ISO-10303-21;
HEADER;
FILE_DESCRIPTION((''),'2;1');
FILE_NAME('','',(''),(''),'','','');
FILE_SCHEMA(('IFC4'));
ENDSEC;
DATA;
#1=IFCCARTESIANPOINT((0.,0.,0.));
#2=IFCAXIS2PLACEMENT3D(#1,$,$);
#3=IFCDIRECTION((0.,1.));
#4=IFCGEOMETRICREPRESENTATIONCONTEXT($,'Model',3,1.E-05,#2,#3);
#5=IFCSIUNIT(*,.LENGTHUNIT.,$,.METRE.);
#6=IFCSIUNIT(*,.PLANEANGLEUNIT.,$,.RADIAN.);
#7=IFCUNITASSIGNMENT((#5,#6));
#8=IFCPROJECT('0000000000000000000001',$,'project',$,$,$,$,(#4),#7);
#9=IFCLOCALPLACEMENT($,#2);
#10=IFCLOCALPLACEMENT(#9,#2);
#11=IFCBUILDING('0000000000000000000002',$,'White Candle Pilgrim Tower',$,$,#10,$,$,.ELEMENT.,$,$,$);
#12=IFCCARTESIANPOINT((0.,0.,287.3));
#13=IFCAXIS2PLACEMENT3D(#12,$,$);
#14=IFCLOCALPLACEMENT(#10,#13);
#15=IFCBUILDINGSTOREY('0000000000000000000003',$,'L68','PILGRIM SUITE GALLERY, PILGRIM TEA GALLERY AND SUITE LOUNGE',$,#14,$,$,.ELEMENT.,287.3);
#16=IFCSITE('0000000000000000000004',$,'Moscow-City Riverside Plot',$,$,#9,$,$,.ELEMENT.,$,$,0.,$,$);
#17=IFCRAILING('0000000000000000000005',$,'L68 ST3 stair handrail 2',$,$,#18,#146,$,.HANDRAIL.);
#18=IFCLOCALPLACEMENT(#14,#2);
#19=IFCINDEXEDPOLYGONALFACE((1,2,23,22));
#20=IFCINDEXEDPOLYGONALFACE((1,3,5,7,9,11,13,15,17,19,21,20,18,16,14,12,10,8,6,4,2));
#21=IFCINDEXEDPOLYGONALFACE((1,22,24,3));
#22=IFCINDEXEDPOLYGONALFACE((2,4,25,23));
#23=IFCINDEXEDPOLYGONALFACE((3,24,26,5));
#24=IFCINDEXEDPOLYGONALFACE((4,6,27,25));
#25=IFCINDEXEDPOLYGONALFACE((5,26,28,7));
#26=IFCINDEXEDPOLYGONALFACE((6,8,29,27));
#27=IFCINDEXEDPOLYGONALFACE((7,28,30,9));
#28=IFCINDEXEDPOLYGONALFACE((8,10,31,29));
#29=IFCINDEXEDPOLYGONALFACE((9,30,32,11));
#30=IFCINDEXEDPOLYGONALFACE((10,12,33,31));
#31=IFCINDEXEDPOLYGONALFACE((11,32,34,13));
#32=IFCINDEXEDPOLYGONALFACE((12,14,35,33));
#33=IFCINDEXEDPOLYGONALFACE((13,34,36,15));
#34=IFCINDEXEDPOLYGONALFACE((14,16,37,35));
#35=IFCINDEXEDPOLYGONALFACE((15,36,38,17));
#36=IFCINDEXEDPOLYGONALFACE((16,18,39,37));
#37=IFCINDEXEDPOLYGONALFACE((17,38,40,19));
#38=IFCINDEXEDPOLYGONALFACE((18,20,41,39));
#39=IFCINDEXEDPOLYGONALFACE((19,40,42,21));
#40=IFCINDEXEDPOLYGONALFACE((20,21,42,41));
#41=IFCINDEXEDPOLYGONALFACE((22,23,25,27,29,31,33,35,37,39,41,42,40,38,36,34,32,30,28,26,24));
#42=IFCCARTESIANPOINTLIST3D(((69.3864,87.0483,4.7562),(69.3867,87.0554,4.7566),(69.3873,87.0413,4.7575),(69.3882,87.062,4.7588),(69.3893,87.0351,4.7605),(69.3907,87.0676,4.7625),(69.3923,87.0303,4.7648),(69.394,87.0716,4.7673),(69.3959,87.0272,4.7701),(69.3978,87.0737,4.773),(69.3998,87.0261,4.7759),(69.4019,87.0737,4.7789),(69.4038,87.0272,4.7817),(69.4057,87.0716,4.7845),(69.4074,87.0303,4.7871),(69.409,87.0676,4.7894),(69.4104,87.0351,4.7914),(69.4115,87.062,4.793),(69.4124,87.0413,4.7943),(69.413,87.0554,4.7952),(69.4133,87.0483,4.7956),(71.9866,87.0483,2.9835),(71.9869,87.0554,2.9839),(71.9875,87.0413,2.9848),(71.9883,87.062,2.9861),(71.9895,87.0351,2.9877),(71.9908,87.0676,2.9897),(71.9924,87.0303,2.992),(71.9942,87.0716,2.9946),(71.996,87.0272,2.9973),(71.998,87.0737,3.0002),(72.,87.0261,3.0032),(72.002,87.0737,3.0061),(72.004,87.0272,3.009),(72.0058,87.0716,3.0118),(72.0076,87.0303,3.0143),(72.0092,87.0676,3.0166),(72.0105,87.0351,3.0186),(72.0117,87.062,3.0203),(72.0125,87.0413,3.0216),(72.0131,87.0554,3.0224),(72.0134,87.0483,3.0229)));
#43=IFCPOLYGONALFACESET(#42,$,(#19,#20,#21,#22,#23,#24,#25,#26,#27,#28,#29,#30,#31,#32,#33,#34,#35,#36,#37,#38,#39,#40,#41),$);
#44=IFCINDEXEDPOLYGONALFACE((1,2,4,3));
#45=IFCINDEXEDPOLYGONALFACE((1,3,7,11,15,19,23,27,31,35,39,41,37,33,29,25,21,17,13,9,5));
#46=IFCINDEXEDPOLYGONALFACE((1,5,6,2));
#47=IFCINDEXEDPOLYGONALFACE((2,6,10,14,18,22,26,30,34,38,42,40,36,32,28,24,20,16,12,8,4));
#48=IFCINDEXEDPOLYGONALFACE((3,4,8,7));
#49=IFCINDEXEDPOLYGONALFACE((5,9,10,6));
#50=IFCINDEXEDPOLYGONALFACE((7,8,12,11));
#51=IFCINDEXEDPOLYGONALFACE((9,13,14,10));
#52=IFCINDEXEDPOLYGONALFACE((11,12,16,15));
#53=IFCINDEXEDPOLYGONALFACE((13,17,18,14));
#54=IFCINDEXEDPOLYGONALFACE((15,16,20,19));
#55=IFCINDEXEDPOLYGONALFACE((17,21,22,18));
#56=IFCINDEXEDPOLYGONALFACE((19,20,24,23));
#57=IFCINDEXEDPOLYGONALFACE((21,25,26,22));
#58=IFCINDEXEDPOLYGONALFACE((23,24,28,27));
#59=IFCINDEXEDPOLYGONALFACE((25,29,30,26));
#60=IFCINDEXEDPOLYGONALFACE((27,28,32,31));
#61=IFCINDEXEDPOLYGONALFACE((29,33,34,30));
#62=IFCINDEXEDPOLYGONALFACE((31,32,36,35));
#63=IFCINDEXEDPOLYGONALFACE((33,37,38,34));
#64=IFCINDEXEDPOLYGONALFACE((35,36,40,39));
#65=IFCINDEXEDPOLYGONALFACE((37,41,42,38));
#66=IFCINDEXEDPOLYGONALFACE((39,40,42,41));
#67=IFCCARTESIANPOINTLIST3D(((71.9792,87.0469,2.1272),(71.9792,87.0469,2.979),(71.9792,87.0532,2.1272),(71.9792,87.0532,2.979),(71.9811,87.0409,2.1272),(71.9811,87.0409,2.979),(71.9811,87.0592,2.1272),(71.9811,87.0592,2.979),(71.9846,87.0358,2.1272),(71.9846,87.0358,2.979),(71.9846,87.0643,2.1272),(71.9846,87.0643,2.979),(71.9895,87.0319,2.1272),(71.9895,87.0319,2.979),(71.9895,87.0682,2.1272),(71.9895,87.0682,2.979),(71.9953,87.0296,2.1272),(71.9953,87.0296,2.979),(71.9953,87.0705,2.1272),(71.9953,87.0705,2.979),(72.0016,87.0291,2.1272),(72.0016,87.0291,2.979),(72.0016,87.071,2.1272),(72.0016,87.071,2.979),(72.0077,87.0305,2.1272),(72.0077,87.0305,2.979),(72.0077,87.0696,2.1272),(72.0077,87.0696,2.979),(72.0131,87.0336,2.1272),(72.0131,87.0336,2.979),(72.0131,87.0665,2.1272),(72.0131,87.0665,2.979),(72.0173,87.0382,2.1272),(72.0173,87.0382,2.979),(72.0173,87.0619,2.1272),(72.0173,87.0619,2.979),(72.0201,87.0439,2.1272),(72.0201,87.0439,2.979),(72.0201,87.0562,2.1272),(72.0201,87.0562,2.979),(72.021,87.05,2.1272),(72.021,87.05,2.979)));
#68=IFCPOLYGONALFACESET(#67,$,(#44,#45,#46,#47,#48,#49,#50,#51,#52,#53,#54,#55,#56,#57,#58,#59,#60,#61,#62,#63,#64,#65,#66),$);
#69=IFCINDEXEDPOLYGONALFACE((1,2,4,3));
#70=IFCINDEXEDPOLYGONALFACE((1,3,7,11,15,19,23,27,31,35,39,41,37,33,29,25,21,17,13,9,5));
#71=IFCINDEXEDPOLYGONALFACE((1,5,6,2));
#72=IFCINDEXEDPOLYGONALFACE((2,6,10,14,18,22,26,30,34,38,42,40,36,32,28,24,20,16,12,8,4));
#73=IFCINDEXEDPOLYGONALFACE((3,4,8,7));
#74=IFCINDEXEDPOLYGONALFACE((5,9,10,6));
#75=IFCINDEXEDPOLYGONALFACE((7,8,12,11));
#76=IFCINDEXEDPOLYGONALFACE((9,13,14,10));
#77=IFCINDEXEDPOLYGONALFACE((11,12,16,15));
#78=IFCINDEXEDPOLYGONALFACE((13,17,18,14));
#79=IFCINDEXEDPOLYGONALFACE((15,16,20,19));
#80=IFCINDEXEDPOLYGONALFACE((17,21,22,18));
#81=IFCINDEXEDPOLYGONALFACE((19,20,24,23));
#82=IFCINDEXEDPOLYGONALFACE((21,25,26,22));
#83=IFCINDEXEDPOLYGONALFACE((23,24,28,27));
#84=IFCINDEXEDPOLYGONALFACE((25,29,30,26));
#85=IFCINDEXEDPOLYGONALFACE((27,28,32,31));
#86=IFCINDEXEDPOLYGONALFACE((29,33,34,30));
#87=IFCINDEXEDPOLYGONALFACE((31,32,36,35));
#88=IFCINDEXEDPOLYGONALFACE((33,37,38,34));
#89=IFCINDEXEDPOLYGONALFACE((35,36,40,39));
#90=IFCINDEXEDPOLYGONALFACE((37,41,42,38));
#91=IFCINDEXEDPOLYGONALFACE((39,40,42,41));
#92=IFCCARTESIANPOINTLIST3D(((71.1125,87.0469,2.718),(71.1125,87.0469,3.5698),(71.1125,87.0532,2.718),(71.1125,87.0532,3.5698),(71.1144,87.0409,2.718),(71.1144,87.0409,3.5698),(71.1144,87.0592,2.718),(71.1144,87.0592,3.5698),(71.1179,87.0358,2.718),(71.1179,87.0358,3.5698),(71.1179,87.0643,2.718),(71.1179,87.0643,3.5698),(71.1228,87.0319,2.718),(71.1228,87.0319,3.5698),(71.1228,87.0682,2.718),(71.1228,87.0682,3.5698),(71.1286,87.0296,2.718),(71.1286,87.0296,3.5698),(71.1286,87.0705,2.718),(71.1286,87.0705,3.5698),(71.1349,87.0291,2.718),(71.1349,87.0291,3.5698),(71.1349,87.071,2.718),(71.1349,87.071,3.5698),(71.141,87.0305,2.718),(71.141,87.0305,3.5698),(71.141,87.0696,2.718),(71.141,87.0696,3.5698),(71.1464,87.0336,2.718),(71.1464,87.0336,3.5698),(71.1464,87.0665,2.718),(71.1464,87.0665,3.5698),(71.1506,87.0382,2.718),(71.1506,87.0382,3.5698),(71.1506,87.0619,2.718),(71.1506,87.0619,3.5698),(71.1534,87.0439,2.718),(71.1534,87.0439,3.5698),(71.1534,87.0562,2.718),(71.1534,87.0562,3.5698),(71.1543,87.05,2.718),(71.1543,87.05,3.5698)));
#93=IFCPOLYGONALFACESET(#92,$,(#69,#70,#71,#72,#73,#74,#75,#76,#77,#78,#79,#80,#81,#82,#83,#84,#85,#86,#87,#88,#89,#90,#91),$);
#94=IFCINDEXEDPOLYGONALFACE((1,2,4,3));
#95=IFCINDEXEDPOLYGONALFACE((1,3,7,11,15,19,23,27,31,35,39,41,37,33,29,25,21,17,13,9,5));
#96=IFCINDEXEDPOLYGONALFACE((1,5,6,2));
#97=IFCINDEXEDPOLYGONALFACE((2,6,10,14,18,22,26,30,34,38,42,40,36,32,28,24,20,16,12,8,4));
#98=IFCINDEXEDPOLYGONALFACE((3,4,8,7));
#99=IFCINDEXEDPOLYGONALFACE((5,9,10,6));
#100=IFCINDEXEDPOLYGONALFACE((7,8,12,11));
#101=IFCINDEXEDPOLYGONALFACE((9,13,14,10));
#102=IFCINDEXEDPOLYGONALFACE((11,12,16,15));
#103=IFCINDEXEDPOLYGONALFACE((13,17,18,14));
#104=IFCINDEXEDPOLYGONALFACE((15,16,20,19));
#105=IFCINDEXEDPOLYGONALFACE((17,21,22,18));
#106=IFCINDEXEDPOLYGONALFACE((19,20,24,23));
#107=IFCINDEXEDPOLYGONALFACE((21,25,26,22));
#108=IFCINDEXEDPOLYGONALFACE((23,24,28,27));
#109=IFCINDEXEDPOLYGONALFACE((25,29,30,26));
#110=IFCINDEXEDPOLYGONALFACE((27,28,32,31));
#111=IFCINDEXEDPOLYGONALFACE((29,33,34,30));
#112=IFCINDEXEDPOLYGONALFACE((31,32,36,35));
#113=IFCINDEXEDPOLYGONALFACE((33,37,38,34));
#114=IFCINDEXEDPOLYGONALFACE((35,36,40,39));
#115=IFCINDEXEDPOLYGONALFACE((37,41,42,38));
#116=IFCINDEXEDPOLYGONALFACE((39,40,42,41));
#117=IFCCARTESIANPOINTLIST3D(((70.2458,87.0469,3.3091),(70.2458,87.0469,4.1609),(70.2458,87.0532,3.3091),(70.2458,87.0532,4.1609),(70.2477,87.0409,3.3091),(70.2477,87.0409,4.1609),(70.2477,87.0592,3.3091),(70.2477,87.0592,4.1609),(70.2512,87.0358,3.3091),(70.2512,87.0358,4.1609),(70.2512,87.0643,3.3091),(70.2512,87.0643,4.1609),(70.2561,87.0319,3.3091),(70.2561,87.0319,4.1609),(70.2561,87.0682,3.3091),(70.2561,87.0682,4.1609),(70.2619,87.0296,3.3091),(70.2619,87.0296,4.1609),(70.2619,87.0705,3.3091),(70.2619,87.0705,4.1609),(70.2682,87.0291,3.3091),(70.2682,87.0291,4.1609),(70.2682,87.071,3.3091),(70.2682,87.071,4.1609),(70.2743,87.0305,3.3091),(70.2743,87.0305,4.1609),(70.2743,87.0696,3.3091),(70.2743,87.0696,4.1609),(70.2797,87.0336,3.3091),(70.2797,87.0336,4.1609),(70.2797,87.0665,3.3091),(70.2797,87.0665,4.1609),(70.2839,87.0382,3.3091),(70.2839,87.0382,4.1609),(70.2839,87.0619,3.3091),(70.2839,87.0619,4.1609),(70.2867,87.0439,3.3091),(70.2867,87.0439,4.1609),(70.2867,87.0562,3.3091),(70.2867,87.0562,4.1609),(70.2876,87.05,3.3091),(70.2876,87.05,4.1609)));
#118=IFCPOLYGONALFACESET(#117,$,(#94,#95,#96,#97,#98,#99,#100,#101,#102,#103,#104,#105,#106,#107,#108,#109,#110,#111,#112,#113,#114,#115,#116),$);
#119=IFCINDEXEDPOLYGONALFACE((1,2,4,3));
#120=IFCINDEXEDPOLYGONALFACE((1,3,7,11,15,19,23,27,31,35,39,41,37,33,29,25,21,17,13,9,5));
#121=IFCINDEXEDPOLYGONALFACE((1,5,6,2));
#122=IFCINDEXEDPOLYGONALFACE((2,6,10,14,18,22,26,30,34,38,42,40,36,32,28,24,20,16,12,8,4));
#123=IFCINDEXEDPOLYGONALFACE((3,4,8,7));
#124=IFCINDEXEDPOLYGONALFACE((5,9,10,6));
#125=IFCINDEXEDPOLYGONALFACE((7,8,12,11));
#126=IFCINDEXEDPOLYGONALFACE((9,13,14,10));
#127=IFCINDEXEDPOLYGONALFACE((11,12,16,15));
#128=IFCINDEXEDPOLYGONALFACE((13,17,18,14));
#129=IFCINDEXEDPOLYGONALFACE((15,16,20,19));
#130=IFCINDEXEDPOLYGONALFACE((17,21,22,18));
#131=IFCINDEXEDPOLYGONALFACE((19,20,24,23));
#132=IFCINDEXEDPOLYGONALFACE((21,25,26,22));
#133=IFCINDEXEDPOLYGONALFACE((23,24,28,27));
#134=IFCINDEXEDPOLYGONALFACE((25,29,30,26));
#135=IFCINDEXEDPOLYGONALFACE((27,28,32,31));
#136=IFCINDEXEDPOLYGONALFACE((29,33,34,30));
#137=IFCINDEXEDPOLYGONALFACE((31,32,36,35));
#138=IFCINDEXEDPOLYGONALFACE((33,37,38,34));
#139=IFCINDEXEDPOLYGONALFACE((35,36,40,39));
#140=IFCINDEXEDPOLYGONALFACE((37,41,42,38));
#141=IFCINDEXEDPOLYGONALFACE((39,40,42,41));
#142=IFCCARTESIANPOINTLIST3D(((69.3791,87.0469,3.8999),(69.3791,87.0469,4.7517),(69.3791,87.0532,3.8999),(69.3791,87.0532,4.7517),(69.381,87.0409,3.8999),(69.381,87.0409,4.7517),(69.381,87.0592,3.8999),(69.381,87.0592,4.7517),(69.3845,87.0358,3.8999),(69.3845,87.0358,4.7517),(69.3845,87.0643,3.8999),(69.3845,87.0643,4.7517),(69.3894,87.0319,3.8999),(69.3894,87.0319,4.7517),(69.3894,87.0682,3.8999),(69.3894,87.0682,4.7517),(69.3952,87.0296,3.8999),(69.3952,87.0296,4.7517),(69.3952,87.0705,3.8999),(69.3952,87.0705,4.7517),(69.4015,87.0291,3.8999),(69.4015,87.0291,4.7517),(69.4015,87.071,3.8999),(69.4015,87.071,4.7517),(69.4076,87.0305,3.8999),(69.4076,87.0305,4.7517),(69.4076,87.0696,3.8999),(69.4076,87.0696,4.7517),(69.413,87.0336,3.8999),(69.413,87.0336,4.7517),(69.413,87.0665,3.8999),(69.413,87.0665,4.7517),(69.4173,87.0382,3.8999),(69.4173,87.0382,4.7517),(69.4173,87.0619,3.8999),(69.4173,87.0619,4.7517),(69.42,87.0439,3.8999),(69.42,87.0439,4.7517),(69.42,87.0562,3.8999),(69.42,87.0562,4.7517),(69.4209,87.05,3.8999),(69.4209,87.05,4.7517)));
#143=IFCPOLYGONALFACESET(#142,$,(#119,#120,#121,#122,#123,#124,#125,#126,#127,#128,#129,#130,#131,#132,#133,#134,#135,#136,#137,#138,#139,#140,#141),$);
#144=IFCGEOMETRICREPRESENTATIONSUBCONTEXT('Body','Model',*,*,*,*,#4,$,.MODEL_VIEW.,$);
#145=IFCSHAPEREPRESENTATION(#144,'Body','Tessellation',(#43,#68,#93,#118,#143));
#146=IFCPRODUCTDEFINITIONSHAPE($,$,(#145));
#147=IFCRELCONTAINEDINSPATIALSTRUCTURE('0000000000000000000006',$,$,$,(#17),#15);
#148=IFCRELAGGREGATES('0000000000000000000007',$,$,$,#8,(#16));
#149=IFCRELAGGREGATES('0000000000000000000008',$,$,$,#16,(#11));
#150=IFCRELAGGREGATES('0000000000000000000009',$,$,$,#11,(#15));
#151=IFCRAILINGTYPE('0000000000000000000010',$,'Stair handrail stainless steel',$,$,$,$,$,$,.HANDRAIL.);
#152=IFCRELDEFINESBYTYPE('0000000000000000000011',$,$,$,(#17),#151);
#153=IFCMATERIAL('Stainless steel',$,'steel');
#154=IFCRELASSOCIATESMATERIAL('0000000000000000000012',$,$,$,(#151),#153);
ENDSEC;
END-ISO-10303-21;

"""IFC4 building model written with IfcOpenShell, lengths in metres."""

from ifc_helpers import new_model, si_unit, direction, frame, origin, origin_2d, place, context, subcontext, project, spatial, circle, extrude, material, type_object, element, save


model = new_model("IFC4")

# Units and contexts
model_context = context("Model", 3, precision=1e-05, world=origin(), true_north=direction((0.0, 1.0)))
body_context = subcontext(model_context, "Body", "Model", "MODEL_VIEW")
ifc_project = project(units=[si_unit("LENGTHUNIT", "METRE"), si_unit("PLANEANGLEUNIT", "RADIAN")], contexts=[model_context])

# Site, building, storey
site_placement = place(None, origin())
site = spatial("IfcSite", under=ifc_project, at=site_placement, Name="Moscow-City Riverside Plot", CompositionType="ELEMENT", RefElevation=0.0)
building_placement = place(site_placement, origin())
building = spatial("IfcBuilding", under=site, at=building_placement, Name="White Candle Pilgrim Tower", CompositionType="ELEMENT")
storey_placement = place(building_placement, frame((0.0, 0.0, 287.3)))
storey = spatial("IfcBuildingStorey", under=building, at=storey_placement, Name="L68", Description="PILGRIM SUITE GALLERY, PILGRIM TEA GALLERY AND SUITE LOUNGE", CompositionType="ELEMENT", Elevation=287.3)

# Railing
ifc_material_1 = material(Name="Stainless steel", Category="steel")
railing_type_1 = type_object("IfcRailingType", Name="Stair handrail stainless steel", PredefinedType="HANDRAIL", material=ifc_material_1)
railing_1_placement = place(storey_placement, frame((72.0, 87.05, 2.1272)))
element("IfcRailing", 1, at=railing_1_placement, inside=storey, type_object=railing_type_1, Name="L68 ST3 stair handrail 2", PredefinedType="HANDRAIL", context=body_context, shape_type="SweptSolid", body=[
    extrude(circle(Radius=0.0239, at=origin_2d()), frame((0.0, 0.0, 0.876), z_axis=(-0.82624, 0.0, 0.563318), x_axis=(0.0, -1.0, 0.0)), (0.0, 0.0, 1.0), 3.147),
    extrude(circle(Radius=0.021, at=origin_2d()), origin(), (0.0, 0.0, 1.0), 0.8518),
    extrude(circle(Radius=0.021, at=origin_2d()), frame((-0.8667, 0.0, 0.5908)), (0.0, 0.0, 1.0), 0.8518),
    extrude(circle(Radius=0.021, at=origin_2d()), frame((-1.7334, 0.0, 1.1819)), (0.0, 0.0, 1.0), 0.8518),
    extrude(circle(Radius=0.021, at=origin_2d()), frame((-2.6001, 0.0, 1.7727)), (0.0, 0.0, 1.0), 0.8518),
])

save(model, "model.ifc")
